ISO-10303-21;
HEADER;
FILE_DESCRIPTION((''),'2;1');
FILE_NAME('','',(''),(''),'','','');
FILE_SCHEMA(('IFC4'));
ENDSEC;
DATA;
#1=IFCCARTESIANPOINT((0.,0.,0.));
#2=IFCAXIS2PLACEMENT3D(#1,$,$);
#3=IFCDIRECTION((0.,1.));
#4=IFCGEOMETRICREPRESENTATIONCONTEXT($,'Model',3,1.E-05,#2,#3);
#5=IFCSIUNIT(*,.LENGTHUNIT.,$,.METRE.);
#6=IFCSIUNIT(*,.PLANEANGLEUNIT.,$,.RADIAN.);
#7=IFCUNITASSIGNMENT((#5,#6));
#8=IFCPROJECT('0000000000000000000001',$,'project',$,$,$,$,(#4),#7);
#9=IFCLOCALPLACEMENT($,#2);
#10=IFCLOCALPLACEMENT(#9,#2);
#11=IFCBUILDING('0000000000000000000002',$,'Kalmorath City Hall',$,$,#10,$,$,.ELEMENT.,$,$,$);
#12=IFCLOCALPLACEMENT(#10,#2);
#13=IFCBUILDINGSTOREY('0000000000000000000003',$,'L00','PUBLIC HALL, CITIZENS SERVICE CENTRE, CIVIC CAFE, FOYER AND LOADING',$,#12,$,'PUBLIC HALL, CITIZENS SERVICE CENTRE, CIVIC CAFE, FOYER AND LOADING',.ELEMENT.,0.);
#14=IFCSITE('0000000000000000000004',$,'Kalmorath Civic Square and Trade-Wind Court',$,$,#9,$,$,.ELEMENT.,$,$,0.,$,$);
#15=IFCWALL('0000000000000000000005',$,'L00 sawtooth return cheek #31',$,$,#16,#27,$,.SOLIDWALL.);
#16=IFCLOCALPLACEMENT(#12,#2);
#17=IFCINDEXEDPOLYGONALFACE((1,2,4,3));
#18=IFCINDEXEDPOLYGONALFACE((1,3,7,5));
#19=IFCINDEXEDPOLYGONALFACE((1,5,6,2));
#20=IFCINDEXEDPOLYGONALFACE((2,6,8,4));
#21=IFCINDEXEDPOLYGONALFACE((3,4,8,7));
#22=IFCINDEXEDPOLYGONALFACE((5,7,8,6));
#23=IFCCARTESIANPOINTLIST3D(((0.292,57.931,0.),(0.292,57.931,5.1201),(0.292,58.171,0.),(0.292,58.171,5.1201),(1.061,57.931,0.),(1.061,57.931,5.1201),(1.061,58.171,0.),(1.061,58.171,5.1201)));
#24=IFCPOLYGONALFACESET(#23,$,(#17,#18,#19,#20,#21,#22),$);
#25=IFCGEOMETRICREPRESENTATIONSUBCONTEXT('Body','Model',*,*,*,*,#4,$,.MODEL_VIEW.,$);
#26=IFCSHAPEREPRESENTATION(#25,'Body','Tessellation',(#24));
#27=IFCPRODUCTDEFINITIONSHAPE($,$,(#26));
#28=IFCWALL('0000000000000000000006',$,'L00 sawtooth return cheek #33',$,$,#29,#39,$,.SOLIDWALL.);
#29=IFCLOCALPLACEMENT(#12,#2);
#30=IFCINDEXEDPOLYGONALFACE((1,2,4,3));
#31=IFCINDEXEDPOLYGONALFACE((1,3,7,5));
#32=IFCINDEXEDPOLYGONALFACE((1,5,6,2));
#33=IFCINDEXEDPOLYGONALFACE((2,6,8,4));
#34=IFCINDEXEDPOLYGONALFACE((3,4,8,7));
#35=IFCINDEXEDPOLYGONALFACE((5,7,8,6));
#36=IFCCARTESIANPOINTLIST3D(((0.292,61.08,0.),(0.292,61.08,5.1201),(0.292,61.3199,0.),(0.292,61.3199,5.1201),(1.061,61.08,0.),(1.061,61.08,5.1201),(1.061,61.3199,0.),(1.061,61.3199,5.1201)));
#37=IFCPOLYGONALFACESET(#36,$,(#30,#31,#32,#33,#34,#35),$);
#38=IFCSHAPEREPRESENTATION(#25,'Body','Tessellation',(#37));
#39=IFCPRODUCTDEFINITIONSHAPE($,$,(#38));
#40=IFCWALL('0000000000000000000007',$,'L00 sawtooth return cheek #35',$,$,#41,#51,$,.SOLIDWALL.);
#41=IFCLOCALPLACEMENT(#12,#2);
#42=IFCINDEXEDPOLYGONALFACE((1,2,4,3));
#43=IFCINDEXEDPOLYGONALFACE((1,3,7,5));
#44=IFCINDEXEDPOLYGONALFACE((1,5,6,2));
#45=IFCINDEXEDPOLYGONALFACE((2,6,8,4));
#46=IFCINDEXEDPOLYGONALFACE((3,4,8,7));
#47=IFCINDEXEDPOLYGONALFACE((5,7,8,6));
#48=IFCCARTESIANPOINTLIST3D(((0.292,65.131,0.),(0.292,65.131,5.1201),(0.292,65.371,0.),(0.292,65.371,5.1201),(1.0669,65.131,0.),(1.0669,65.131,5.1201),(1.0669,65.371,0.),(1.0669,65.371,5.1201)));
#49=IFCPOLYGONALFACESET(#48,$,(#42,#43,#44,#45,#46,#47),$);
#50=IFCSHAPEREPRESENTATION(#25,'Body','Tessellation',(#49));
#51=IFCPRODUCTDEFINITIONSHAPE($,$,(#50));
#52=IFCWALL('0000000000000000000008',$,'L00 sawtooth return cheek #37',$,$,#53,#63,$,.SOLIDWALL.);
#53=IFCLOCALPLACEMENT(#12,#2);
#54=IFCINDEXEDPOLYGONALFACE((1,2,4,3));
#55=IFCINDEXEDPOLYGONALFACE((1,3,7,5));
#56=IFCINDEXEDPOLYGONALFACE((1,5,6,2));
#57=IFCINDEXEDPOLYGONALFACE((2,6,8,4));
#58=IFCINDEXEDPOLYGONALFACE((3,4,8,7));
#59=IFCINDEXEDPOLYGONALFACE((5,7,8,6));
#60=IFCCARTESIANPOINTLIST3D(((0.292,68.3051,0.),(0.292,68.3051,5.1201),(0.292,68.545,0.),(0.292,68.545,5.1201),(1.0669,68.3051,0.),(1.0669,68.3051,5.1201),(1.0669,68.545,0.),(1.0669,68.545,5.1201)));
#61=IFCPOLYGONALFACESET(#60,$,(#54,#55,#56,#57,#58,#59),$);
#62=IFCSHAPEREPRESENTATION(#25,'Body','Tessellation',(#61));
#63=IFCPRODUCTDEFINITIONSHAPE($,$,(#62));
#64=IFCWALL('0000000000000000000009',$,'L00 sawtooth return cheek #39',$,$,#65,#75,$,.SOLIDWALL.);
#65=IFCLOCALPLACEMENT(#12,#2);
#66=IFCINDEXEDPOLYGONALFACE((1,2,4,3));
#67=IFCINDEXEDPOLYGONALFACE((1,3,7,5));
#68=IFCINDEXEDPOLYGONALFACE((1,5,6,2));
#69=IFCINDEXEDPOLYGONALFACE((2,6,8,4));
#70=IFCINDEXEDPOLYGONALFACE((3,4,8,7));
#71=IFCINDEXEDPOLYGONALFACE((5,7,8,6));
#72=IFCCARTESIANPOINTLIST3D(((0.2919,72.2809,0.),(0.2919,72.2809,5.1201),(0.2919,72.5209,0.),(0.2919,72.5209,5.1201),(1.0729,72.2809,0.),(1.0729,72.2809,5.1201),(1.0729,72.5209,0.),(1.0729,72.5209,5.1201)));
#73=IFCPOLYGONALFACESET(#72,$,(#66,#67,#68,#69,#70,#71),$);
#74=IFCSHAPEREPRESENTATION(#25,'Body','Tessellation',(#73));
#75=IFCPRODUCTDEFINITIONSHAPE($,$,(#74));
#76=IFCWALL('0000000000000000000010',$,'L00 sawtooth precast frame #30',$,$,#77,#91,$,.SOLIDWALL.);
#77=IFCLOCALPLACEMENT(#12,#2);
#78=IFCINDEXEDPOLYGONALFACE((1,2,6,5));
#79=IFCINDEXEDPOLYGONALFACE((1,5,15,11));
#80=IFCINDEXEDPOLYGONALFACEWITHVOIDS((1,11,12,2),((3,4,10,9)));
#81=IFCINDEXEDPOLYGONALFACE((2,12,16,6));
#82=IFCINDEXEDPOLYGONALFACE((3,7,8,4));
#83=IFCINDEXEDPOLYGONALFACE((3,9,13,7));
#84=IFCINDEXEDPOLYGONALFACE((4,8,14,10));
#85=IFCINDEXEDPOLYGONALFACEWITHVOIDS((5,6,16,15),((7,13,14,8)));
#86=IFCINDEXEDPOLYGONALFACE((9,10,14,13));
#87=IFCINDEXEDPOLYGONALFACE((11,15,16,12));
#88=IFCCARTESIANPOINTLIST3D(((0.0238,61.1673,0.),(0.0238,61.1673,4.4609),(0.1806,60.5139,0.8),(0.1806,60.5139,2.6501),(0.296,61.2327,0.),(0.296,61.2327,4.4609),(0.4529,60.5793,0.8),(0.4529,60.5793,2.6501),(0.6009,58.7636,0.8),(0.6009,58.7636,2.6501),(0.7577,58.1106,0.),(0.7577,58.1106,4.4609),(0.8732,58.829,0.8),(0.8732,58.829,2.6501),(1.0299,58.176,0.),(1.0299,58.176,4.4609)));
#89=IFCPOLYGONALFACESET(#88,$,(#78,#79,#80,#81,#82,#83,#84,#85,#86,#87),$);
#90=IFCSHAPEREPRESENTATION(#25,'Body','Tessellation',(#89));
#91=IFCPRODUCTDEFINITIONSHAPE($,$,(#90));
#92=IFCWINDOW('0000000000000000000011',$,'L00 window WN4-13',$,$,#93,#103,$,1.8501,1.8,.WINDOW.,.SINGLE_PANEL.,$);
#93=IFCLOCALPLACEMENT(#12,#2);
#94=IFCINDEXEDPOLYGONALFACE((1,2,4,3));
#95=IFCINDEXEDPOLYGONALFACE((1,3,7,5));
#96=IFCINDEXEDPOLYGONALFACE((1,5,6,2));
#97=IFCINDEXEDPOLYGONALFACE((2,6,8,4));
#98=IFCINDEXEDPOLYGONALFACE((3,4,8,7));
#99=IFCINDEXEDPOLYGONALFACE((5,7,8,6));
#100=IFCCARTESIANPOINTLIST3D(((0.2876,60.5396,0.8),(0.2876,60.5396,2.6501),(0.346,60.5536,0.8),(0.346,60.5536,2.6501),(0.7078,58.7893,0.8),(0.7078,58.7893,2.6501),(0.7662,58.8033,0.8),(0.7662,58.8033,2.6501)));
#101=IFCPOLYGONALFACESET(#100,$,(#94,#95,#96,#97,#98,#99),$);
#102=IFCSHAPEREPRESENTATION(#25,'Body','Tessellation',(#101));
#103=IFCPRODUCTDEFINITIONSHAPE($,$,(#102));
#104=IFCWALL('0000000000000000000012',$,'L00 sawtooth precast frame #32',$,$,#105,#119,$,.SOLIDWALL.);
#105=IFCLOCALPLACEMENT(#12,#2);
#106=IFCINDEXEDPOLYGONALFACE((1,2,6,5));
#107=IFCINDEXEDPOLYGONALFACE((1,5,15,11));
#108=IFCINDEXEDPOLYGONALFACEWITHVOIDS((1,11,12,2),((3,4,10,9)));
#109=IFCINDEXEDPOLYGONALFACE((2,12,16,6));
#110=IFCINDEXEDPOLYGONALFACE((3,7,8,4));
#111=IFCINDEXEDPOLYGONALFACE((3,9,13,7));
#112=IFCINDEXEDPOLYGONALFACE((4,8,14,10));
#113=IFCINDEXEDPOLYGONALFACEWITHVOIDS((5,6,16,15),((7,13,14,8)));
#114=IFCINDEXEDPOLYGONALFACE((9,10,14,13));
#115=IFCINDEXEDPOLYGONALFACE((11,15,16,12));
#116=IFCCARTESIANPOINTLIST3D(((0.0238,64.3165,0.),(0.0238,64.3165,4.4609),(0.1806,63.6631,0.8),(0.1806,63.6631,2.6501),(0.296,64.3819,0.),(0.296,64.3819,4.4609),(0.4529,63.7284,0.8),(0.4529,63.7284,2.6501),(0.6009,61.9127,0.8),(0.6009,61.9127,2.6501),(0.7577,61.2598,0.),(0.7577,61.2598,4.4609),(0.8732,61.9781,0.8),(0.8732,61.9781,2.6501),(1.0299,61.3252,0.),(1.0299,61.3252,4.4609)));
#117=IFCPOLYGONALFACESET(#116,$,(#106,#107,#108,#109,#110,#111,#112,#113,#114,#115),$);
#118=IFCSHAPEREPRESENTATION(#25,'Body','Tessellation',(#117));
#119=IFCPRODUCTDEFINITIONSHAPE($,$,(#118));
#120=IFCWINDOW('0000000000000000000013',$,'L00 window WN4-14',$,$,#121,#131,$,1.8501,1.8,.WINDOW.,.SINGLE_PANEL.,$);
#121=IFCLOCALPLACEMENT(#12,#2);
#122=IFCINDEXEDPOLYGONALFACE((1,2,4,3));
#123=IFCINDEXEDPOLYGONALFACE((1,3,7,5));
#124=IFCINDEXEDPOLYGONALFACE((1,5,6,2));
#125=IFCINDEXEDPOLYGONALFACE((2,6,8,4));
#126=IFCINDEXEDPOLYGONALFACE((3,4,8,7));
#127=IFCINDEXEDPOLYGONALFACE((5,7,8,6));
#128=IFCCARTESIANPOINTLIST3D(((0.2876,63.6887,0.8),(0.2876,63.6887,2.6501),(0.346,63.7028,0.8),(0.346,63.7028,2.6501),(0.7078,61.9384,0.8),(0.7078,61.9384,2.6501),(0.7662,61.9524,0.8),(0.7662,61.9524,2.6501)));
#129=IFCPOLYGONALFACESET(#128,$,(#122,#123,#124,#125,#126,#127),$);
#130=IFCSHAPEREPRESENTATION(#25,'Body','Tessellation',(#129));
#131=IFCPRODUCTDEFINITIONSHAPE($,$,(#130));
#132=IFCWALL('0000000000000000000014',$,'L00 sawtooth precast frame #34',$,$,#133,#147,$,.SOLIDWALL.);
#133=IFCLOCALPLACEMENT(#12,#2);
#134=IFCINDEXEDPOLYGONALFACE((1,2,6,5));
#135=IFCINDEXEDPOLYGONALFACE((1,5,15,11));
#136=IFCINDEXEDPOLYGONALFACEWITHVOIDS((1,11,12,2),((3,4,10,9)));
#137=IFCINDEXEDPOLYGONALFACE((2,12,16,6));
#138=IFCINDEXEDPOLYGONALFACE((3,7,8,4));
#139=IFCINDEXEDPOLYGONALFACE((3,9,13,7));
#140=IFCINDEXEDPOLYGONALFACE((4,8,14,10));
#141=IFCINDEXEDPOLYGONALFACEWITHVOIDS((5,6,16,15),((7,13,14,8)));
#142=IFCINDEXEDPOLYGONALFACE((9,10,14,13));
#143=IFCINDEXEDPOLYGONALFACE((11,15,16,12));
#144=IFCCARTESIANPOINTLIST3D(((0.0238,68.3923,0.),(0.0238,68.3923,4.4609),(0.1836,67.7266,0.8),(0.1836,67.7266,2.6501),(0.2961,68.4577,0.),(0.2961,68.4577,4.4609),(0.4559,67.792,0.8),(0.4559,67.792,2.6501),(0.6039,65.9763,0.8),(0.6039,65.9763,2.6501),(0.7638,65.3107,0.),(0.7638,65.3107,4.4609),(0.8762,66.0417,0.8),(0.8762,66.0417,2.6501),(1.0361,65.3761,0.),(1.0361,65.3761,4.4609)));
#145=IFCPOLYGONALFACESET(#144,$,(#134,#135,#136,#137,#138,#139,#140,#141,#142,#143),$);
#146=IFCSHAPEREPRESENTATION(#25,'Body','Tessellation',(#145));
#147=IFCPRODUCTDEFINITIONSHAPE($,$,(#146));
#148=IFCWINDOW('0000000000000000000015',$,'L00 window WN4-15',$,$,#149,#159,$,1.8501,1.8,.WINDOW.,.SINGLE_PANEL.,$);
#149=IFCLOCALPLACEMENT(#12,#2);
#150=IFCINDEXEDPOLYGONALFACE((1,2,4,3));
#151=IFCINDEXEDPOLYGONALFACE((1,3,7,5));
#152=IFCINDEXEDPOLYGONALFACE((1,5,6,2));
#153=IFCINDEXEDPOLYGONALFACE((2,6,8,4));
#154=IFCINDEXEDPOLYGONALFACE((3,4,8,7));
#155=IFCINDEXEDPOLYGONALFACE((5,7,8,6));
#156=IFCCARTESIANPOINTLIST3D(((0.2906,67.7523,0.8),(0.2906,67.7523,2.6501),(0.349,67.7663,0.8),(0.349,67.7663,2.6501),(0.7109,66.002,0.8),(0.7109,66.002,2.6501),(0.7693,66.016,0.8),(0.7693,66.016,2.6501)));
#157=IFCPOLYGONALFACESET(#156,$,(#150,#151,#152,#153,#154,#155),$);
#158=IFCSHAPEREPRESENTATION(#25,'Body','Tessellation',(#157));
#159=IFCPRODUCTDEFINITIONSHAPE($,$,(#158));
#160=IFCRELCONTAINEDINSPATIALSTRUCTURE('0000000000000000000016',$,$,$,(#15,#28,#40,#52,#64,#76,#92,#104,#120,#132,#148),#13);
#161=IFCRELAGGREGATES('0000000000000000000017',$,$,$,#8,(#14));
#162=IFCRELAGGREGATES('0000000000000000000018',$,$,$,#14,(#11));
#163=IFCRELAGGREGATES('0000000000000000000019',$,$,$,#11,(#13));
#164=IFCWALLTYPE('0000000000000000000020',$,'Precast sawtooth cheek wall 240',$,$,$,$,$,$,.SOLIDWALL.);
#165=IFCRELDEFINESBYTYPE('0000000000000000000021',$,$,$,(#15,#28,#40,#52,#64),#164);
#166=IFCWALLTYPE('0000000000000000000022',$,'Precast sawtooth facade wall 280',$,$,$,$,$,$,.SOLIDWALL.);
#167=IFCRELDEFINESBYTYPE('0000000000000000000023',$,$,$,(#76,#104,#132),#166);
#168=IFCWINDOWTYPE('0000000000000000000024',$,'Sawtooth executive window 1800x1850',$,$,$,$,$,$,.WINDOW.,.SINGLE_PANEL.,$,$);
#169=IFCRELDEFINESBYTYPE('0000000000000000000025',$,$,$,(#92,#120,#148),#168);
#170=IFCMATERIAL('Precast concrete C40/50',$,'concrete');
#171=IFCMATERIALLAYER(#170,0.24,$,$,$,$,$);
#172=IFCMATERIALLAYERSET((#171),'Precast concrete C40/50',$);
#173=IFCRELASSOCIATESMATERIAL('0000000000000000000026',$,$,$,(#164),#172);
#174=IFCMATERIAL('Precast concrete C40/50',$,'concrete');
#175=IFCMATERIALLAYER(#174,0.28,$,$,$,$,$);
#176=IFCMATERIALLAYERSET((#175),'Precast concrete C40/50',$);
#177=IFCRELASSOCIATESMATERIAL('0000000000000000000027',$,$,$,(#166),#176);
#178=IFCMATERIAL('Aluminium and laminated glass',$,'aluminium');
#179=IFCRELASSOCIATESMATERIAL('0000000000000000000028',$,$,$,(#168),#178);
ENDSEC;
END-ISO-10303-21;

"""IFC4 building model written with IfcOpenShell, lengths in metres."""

from ifc_helpers import new_model, si_unit, direction, frame, frame_2d, origin, place, context, subcontext, project, spatial, rectangle, extrude, material, layer, layer_set, type_object, element, fill, save


model = new_model("IFC4")

# Units and contexts
model_context = context("Model", 3, precision=1e-05, world=origin(), true_north=direction((0.0, 1.0)))
body_context = subcontext(model_context, "Body", "Model", "MODEL_VIEW")
ifc_project = project(units=[si_unit("LENGTHUNIT", "METRE"), si_unit("PLANEANGLEUNIT", "RADIAN")], contexts=[model_context])

# Site, building, storey
site_placement = place(None, origin())
site = spatial("IfcSite", under=ifc_project, at=site_placement, Name="Kalmorath Civic Square and Trade-Wind Court", CompositionType="ELEMENT", RefElevation=0.0)
building_placement = place(site_placement, origin())
building = spatial("IfcBuilding", under=site, at=building_placement, Name="Kalmorath City Hall", CompositionType="ELEMENT")
storey_placement = place(building_placement, origin())
storey = spatial("IfcBuildingStorey", under=building, at=storey_placement, Name="L00", Description="PUBLIC HALL, CITIZENS SERVICE CENTRE, CIVIC CAFE, FOYER AND LOADING", LongName="PUBLIC HALL, CITIZENS SERVICE CENTRE, CIVIC CAFE, FOYER AND LOADING", CompositionType="ELEMENT", Elevation=0.0)

# Walls
ifc_material_1 = material(Name="Precast concrete C40/50", Category="concrete")
ifc_layer_1 = layer(ifc_material_1, 0.24)
ifc_layer_set_1 = layer_set([ifc_layer_1], Name="Precast concrete C40/50")
wall_type_1 = type_object("IfcWallType", Name="Precast sawtooth cheek wall 240", PredefinedType="SOLIDWALL", material=ifc_layer_set_1)
for number, where, z_axis, x_axis, name in (
    (1, (1.061, 58.051, 0.0), (0.0, 0.0, 1.0), (-1.0, 0.0, 0.0), "L00 sawtooth return cheek #31"),
    (2, (1.061, 61.2, 0.0), (0.0, 0.0, 1.0), (-1.0, 0.0, 0.0), "L00 sawtooth return cheek #33"),
):
    element("IfcWall", number, at=place(storey_placement, frame(where, z_axis=z_axis, x_axis=x_axis)), inside=storey, type_object=wall_type_1, Name=name, PredefinedType="SOLIDWALL", context=body_context, shape_type="SweptSolid", body=[
        extrude(rectangle(XDim=0.769, YDim=0.24, at=frame_2d((0.3845, 0.0))), origin(), (0.0, 0.0, 1.0), 5.1201),
    ])
for number, where, z_axis, x_axis, name in (
    (3, (1.0669, 65.251, 0.0), (0.0, 0.0, 1.0), (-1.0, 0.0, 0.0), "L00 sawtooth return cheek #35"),
    (4, (1.0669, 68.425, 0.0), (0.0, 0.0, 1.0), (-1.0, 0.0, 0.0), "L00 sawtooth return cheek #37"),
):
    element("IfcWall", number, at=place(storey_placement, frame(where, z_axis=z_axis, x_axis=x_axis)), inside=storey, type_object=wall_type_1, Name=name, PredefinedType="SOLIDWALL", context=body_context, shape_type="SweptSolid", body=[
        extrude(rectangle(XDim=0.7749, YDim=0.24, at=frame_2d((0.3875, 0.0))), origin(), (0.0, 0.0, 1.0), 5.1201),
    ])
wall_1_placement = place(storey_placement, frame((1.073, 72.4009, 0.0), z_axis=(0.0, 0.0, 1.0), x_axis=(-1.0, 0.0, 0.0)))
element("IfcWall", 5, at=wall_1_placement, inside=storey, type_object=wall_type_1, Name="L00 sawtooth return cheek #39", PredefinedType="SOLIDWALL", context=body_context, shape_type="SweptSolid", body=[
    extrude(rectangle(XDim=0.781, YDim=0.24, at=frame_2d((0.3906, 0.0))), origin(), (0.0, 0.0, 1.0), 5.1201),
])

# Walls, openings, windows
ifc_material_2 = material(Name="Precast concrete C40/50", Category="concrete")
ifc_layer_2 = layer(ifc_material_2, 0.28)
ifc_layer_set_2 = layer_set([ifc_layer_2], Name="Precast concrete C40/50")
wall_type_2 = type_object("IfcWallType", Name="Precast sawtooth facade wall 280", PredefinedType="SOLIDWALL", material=ifc_layer_set_2)
wall_2_placement = place(storey_placement, frame((0.8938, 58.1433, 0.0), z_axis=(0.0, 0.0, 1.0), x_axis=(-0.233461, 0.972366, 0.0)))
wall_2 = element("IfcWall", 6, at=wall_2_placement, inside=storey, type_object=wall_type_2, Name="L00 sawtooth precast frame #30", PredefinedType="SOLIDWALL", context=body_context, shape_type="SweptSolid", body=[
    extrude(rectangle(XDim=3.1436, YDim=0.28, at=frame_2d((1.5718, 0.0))), origin(), (0.0, 0.0, 1.0), 4.4609),
])
opening_1_placement = place(wall_2_placement, frame((0.6716, 0.0, 0.8)))
opening_1 = element("IfcOpeningElement", 7, at=opening_1_placement, cuts=wall_2, PredefinedType="OPENING", context=body_context, shape_type="SweptSolid", body=[
    extrude(rectangle(XDim=1.8, YDim=1.8501, at=frame_2d((0.8999, 0.925))), frame((0.0, 0.1499, 0.0), z_axis=(0.0, -1.0, 0.0), x_axis=(1.0, 0.0, 0.0)), (0.0, 0.0, 1.0), 0.3),
])
ifc_material_3 = material(Name="Aluminium and laminated glass", Category="aluminium")
window_type = type_object("IfcWindowType", Name="Sawtooth executive window 1800x1850", PartitioningType="SINGLE_PANEL", PredefinedType="WINDOW", material=ifc_material_3)
window_1_placement = place(opening_1_placement, origin())
window_1 = element("IfcWindow", 8, at=window_1_placement, inside=storey, type_object=window_type, Name="L00 window WN4-13", OverallHeight=1.8501, OverallWidth=1.8, PartitioningType="SINGLE_PANEL", PredefinedType="WINDOW", context=body_context, shape_type="SweptSolid", body=[
    extrude(rectangle(XDim=1.8, YDim=1.8501, at=frame_2d((0.8999, 0.925))), frame((0.0, 0.03, 0.0), z_axis=(0.0, -1.0, 0.0), x_axis=(1.0, 0.0, 0.0)), (0.0, 0.0, 1.0), 0.0601),
])
fill(opening_1, window_1)
wall_3_placement = place(storey_placement, frame((0.8938, 61.2925, 0.0), z_axis=(0.0, 0.0, 1.0), x_axis=(-0.233461, 0.972366, 0.0)))
wall_3 = element("IfcWall", 9, at=wall_3_placement, inside=storey, type_object=wall_type_2, Name="L00 sawtooth precast frame #32", PredefinedType="SOLIDWALL", context=body_context, shape_type="SweptSolid", body=[
    extrude(rectangle(XDim=3.1436, YDim=0.28, at=frame_2d((1.5718, 0.0))), origin(), (0.0, 0.0, 1.0), 4.4609),
])
opening_2_placement = place(wall_3_placement, frame((0.6716, 0.0, 0.8)))
opening_2 = element("IfcOpeningElement", 10, at=opening_2_placement, cuts=wall_3, PredefinedType="OPENING", context=body_context, shape_type="SweptSolid", body=[
    extrude(rectangle(XDim=1.8, YDim=1.8501, at=frame_2d((0.8999, 0.925))), frame((0.0, 0.1499, 0.0), z_axis=(0.0, -1.0, 0.0), x_axis=(1.0, 0.0, 0.0)), (0.0, 0.0, 1.0), 0.3),
])
window_2_placement = place(opening_2_placement, origin())
window_2 = element("IfcWindow", 11, at=window_2_placement, inside=storey, type_object=window_type, Name="L00 window WN4-14", OverallHeight=1.8501, OverallWidth=1.8, PartitioningType="SINGLE_PANEL", PredefinedType="WINDOW", context=body_context, shape_type="SweptSolid", body=[
    extrude(rectangle(XDim=1.8, YDim=1.8501, at=frame_2d((0.8999, 0.925))), frame((0.0, 0.03, 0.0), z_axis=(0.0, -1.0, 0.0), x_axis=(1.0, 0.0, 0.0)), (0.0, 0.0, 1.0), 0.0601),
])
fill(opening_2, window_2)
wall_4_placement = place(storey_placement, frame((0.8999, 65.3435, 0.0), z_axis=(0.0, 0.0, 1.0), x_axis=(-0.233498, 0.972357, 0.0)))
wall_4 = element("IfcWall", 12, at=wall_4_placement, inside=storey, type_object=wall_type_2, Name="L00 sawtooth precast frame #34", PredefinedType="SOLIDWALL", context=body_context, shape_type="SweptSolid", body=[
    extrude(rectangle(XDim=3.1692, YDim=0.28, at=frame_2d((1.5845, 0.0))), origin(), (0.0, 0.0, 1.0), 4.4609),
])
opening_3_placement = place(wall_4_placement, frame((0.6846, 0.0, 0.8)))
opening_3 = element("IfcOpeningElement", 13, at=opening_3_placement, cuts=wall_4, PredefinedType="OPENING", context=body_context, shape_type="SweptSolid", body=[
    extrude(rectangle(XDim=1.8, YDim=1.8501, at=frame_2d((0.8999, 0.925))), frame((0.0, 0.1499, 0.0), z_axis=(0.0, -1.0, 0.0), x_axis=(1.0, 0.0, 0.0)), (0.0, 0.0, 1.0), 0.3),
])
window_3_placement = place(opening_3_placement, origin())
window_3 = element("IfcWindow", 14, at=window_3_placement, inside=storey, type_object=window_type, Name="L00 window WN4-15", OverallHeight=1.8501, OverallWidth=1.8, PartitioningType="SINGLE_PANEL", PredefinedType="WINDOW", context=body_context, shape_type="SweptSolid", body=[
    extrude(rectangle(XDim=1.8, YDim=1.8501, at=frame_2d((0.8999, 0.925))), frame((0.0, 0.03, 0.0), z_axis=(0.0, -1.0, 0.0), x_axis=(1.0, 0.0, 0.0)), (0.0, 0.0, 1.0), 0.0601),
])
fill(opening_3, window_3)

save(model, "model.ifc")
